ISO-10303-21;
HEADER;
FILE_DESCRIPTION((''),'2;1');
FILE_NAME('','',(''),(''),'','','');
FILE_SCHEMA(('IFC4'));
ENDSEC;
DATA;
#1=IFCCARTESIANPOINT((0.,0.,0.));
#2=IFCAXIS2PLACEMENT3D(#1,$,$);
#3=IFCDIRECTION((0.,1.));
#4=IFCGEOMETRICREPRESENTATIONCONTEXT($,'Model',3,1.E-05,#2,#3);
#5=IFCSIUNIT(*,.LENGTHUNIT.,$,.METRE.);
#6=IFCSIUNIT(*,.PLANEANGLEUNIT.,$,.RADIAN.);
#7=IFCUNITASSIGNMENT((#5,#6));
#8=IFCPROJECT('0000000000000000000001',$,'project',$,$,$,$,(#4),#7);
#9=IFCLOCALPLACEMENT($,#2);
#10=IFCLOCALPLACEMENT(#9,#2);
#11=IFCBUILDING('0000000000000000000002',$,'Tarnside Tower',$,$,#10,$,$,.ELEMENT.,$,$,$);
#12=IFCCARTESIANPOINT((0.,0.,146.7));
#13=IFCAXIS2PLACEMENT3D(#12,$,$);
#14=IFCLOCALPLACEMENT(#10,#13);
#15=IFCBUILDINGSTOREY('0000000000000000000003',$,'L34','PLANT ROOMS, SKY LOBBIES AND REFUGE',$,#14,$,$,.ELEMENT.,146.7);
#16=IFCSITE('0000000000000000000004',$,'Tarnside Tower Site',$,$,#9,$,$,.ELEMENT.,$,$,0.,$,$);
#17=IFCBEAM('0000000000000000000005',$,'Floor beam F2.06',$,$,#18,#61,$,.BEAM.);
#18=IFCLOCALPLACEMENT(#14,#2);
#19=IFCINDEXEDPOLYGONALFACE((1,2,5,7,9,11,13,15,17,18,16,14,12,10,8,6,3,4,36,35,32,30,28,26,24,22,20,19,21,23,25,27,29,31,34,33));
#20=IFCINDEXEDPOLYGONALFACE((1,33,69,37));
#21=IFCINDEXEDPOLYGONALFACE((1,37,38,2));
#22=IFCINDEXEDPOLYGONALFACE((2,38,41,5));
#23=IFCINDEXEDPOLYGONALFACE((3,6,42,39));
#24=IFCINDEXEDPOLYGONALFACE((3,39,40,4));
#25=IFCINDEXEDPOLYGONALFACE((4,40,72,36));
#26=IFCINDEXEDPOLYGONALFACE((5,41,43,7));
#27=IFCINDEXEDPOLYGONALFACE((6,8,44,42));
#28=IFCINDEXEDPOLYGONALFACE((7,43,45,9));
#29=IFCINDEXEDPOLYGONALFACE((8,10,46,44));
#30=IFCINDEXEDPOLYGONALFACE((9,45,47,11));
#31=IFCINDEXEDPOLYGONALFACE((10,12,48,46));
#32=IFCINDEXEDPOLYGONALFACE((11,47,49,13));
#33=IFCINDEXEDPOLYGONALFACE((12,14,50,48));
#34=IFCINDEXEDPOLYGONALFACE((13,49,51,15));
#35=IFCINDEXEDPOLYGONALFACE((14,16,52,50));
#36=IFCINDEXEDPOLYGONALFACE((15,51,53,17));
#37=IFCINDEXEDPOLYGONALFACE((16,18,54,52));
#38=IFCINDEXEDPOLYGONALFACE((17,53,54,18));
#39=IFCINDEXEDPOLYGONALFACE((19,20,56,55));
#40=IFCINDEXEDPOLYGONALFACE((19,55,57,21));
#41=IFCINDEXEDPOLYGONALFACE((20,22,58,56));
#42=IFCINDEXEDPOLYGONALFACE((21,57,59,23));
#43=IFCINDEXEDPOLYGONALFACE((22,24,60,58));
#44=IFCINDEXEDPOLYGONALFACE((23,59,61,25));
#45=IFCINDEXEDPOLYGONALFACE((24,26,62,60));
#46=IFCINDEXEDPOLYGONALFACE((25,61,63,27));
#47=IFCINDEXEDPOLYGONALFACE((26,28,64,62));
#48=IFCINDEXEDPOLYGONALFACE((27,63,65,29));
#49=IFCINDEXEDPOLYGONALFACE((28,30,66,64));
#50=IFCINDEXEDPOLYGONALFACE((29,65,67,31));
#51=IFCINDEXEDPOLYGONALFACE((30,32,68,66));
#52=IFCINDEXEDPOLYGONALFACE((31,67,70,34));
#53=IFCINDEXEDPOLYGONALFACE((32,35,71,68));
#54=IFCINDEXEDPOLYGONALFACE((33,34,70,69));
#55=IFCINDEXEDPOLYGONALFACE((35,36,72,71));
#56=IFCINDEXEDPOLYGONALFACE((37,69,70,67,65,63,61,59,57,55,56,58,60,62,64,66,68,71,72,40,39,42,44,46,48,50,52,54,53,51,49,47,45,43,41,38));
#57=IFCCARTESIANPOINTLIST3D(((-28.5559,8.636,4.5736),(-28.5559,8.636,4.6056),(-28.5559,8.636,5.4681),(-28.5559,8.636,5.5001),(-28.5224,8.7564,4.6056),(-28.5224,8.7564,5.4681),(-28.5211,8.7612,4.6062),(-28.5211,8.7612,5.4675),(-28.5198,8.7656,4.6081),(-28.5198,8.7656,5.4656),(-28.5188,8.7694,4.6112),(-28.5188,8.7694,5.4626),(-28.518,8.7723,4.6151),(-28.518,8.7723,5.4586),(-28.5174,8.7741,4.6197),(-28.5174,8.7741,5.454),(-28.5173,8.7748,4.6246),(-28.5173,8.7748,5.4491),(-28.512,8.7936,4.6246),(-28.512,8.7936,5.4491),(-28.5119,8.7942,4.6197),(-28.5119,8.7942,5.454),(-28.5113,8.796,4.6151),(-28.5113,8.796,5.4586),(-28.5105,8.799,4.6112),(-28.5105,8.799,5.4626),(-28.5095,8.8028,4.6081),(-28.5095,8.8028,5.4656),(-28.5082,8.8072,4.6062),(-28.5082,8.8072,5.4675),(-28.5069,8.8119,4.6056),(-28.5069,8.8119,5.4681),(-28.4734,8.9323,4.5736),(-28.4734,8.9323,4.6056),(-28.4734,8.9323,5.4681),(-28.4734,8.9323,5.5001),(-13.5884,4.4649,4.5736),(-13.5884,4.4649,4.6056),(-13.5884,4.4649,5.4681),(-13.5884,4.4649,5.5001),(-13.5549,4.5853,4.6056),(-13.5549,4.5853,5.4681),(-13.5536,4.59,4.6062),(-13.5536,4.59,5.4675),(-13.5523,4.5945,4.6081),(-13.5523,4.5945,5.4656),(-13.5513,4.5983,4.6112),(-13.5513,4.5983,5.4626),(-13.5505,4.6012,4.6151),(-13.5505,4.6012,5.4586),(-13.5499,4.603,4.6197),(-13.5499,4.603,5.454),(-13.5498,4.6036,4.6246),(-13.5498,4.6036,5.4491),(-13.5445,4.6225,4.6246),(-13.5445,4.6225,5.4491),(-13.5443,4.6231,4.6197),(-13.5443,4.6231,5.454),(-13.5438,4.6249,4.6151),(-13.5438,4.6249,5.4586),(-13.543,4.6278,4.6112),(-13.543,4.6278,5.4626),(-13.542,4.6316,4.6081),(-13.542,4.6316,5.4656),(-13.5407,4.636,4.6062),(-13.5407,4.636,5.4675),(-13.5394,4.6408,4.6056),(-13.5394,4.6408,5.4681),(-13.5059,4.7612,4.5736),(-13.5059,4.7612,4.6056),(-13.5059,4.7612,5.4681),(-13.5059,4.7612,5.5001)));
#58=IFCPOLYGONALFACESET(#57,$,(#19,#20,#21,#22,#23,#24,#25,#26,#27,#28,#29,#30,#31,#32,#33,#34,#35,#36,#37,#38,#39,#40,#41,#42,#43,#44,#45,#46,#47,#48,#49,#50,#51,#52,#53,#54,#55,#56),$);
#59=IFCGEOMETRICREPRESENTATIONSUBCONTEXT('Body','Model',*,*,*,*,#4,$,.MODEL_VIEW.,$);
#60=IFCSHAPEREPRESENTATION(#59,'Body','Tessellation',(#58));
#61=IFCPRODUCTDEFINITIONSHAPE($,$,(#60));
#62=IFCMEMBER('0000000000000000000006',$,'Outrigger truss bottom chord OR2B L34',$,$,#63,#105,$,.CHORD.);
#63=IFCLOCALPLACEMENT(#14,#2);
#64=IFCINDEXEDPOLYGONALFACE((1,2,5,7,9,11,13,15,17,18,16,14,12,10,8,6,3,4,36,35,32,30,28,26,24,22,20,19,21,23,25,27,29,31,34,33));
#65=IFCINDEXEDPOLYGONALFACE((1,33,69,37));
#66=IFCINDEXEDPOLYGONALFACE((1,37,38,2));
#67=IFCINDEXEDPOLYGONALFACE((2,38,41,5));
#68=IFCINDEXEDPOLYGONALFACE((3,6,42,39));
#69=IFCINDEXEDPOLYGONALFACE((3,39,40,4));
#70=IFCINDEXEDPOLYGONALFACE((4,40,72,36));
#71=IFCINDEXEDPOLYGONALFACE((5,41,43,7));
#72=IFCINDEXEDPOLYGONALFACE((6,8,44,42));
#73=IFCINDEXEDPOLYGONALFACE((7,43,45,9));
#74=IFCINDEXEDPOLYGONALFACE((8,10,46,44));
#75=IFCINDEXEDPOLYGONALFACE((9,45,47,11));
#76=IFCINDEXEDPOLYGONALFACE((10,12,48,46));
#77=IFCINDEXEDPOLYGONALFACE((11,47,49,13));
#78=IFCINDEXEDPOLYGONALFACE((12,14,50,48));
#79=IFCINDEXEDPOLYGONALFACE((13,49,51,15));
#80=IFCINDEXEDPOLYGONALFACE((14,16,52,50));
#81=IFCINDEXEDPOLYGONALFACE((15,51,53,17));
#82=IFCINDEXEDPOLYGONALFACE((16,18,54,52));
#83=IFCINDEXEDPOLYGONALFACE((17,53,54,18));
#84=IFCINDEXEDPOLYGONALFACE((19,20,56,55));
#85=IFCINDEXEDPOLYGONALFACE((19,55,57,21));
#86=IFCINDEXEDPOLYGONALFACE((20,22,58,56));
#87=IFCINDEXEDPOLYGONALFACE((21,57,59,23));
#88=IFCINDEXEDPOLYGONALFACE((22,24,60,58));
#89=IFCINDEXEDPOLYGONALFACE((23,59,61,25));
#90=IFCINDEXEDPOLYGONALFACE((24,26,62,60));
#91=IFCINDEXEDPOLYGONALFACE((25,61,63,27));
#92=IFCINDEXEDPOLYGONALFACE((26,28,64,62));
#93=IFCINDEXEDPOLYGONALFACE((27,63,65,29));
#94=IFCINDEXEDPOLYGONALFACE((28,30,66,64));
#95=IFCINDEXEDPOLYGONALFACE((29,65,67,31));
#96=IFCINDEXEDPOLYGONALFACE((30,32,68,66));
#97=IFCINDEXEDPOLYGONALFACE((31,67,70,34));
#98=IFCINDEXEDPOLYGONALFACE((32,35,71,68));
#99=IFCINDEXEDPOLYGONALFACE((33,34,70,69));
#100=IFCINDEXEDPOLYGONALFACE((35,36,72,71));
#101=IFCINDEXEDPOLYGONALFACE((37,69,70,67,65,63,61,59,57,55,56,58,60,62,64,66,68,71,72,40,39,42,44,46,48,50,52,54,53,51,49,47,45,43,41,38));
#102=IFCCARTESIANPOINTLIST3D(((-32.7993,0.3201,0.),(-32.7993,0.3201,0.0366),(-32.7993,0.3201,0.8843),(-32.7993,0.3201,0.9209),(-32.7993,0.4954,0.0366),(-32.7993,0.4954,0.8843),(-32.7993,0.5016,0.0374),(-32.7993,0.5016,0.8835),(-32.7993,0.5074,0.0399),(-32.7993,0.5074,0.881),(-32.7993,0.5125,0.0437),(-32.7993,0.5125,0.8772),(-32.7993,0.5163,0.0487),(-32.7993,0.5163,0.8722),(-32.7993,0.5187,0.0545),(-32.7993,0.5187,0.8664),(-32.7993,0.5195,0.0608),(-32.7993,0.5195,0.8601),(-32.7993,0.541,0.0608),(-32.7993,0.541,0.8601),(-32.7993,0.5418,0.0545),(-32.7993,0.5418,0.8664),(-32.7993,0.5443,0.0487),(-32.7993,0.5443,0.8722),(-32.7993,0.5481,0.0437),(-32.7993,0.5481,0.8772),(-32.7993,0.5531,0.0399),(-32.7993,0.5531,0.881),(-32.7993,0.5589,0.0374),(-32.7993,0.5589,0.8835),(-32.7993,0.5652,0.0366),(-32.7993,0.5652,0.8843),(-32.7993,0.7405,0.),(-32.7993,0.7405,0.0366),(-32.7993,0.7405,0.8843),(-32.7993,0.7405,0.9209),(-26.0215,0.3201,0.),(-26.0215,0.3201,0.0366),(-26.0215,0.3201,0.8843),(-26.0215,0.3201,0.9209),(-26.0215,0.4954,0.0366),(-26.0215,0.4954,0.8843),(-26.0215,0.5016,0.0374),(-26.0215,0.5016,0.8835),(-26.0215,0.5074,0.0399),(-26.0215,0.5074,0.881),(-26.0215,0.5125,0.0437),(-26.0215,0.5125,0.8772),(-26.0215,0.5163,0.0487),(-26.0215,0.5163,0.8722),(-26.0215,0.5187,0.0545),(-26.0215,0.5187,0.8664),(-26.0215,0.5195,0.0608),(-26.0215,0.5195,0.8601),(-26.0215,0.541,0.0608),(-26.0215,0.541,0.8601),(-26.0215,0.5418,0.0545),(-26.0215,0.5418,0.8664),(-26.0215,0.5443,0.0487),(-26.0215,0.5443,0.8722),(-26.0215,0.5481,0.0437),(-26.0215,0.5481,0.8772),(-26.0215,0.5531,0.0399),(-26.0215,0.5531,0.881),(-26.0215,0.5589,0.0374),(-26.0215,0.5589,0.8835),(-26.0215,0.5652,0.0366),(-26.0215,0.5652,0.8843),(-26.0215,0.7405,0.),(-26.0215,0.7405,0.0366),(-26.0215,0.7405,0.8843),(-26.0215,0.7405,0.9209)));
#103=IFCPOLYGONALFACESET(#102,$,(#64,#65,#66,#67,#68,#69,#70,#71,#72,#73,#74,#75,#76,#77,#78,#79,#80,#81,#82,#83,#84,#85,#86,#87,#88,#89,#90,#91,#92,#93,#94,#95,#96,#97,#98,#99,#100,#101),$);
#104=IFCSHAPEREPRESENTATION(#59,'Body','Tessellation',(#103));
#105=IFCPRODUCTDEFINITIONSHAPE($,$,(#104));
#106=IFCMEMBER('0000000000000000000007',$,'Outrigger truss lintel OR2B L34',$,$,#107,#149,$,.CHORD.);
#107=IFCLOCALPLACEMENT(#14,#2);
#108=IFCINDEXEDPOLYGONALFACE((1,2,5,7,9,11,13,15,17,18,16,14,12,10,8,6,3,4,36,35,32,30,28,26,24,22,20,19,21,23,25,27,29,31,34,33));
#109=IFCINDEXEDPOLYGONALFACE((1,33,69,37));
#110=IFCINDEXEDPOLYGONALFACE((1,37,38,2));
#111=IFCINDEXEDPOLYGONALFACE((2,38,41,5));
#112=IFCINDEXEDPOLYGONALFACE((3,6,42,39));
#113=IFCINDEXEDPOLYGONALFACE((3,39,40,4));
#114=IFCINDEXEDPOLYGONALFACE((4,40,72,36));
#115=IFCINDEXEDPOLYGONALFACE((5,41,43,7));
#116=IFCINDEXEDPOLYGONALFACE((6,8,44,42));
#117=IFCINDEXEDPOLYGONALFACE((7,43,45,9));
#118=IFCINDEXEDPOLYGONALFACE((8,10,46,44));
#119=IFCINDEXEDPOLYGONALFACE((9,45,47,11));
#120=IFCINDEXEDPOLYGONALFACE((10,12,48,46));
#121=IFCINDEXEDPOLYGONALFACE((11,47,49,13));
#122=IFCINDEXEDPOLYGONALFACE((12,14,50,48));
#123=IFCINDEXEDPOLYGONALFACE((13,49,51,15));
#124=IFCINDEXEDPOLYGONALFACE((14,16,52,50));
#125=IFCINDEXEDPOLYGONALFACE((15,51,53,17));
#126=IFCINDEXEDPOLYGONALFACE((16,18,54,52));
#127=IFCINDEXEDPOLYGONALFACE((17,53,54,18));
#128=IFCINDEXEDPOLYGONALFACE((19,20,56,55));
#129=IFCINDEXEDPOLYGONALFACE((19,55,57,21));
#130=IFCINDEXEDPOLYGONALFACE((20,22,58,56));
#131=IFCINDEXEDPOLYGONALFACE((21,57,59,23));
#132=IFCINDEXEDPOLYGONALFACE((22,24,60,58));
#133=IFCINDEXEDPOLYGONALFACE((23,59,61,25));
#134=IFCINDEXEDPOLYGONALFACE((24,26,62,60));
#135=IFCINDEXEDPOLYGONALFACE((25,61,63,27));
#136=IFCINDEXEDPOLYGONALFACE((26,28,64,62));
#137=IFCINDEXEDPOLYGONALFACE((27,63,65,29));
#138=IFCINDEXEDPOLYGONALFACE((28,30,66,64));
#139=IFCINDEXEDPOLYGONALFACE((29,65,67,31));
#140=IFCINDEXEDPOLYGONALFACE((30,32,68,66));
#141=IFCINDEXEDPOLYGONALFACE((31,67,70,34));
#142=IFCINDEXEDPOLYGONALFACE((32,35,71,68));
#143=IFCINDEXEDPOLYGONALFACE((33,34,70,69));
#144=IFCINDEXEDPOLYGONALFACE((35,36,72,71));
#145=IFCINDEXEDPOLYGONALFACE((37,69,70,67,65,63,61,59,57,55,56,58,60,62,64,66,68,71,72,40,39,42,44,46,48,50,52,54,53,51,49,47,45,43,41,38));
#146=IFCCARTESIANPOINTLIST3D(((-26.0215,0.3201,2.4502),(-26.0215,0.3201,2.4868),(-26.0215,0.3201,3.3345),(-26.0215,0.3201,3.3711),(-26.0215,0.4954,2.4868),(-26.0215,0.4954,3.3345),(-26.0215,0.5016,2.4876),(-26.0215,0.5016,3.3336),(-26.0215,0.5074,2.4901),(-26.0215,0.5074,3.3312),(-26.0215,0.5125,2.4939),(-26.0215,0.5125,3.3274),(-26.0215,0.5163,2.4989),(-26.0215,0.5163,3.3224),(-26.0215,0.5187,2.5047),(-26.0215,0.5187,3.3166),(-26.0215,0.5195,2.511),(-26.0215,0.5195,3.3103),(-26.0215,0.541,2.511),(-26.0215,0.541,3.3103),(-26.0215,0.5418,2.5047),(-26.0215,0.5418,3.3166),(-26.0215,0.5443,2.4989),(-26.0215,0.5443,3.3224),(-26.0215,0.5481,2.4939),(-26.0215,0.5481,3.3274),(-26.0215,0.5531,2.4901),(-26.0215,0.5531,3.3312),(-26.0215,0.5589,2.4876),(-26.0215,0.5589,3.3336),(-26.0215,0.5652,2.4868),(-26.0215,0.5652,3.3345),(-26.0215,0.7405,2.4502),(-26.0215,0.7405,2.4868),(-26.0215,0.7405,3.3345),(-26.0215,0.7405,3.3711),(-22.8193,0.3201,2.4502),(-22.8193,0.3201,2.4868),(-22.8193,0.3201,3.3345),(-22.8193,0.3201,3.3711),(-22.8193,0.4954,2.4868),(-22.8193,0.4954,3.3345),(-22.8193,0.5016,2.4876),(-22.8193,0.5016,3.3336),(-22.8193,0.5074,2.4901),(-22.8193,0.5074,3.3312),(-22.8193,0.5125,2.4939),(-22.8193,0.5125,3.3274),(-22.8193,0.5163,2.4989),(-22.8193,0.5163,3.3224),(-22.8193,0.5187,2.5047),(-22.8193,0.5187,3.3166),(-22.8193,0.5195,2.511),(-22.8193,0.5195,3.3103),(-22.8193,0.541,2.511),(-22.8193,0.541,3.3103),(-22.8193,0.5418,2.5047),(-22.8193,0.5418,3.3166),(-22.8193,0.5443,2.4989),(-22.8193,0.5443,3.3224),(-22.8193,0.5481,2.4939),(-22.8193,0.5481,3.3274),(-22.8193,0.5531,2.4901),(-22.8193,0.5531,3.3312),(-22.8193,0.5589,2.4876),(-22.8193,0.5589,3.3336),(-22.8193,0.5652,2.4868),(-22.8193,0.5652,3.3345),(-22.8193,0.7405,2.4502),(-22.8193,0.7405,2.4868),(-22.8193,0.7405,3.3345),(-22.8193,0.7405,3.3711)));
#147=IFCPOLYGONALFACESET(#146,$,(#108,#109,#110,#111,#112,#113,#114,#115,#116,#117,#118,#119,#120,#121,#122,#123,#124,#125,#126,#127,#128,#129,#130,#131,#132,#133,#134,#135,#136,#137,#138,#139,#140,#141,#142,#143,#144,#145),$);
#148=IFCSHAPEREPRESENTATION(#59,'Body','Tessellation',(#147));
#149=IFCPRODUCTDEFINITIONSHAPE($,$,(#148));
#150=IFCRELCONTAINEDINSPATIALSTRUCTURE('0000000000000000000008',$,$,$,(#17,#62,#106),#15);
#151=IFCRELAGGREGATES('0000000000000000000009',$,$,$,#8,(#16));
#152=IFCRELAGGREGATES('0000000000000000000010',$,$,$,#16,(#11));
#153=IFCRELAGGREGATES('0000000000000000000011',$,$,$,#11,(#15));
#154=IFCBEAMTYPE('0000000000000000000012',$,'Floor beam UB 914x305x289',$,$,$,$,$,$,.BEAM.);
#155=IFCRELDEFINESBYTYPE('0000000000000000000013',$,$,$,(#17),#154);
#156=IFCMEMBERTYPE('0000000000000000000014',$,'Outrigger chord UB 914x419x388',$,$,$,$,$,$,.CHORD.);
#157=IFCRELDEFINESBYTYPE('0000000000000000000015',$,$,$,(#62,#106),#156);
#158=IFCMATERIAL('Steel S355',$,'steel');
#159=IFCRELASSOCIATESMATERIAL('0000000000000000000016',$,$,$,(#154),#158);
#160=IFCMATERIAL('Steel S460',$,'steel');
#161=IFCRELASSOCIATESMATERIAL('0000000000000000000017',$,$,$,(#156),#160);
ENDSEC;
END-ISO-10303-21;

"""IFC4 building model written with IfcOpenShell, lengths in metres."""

from ifc_helpers import new_model, si_unit, direction, frame, origin, origin_2d, place, context, subcontext, project, spatial, i_section, extrude, material, material_profile, profile_set, type_object, element, save


model = new_model("IFC4")

# Units and contexts
model_context = context("Model", 3, precision=1e-05, world=origin(), true_north=direction((0.0, 1.0)))
body_context = subcontext(model_context, "Body", "Model", "MODEL_VIEW")
ifc_project = project(units=[si_unit("LENGTHUNIT", "METRE"), si_unit("PLANEANGLEUNIT", "RADIAN")], contexts=[model_context])

# Site, building, storey
site_placement = place(None, origin())
site = spatial("IfcSite", under=ifc_project, at=site_placement, Name="Tarnside Tower Site", CompositionType="ELEMENT", RefElevation=0.0)
building_placement = place(site_placement, origin())
building = spatial("IfcBuilding", under=site, at=building_placement, Name="Tarnside Tower", CompositionType="ELEMENT")
storey_placement = place(building_placement, frame((0.0, 0.0, 146.7)))
storey = spatial("IfcBuildingStorey", under=building, at=storey_placement, Name="L34", Description="PLANT ROOMS, SKY LOBBIES AND REFUGE", CompositionType="ELEMENT", Elevation=146.7)

# Beam
ifc_material_1 = material(Name="Steel S355", Category="steel")
ifc_material_profile_1 = material_profile(ifc_material_1, i_section(OverallWidth=0.3076, OverallDepth=0.9265, WebThickness=0.0195, FlangeThickness=0.032, FilletRadius=0.019, at=origin_2d()), Name="UB 914x305x289")
ifc_profile_set_1 = profile_set([ifc_material_profile_1], Name="Steel S355")
beam_type = type_object("IfcBeamType", Name="Floor beam UB 914x305x289", PredefinedType="BEAM", material=ifc_profile_set_1)
beam_placement = place(storey_placement, frame((-28.5146, 8.7842, 5.0369), z_axis=(0.963294, -0.26845, 0.0), x_axis=(0.26845, 0.963294, 0.0)))
element("IfcBeam", 1, at=beam_placement, inside=storey, type_object=beam_type, Name="Floor beam F2.06", PredefinedType="BEAM", context=body_context, shape_type="SweptSolid", body=[
    extrude(i_section(OverallWidth=0.3076, OverallDepth=0.9265, WebThickness=0.0195, FlangeThickness=0.032, FilletRadius=0.019, at=origin_2d()), origin(), (0.0, 0.0, 1.0), 15.5378),
])

# Members
ifc_material_2 = material(Name="Steel S460", Category="steel")
ifc_material_profile_2 = material_profile(ifc_material_2, i_section(OverallWidth=0.4204, OverallDepth=0.9209, WebThickness=0.0215, FlangeThickness=0.0366, FilletRadius=0.0242, at=origin_2d()), Name="UB 914x419x388")
ifc_profile_set_2 = profile_set([ifc_material_profile_2], Name="Steel S460")
member_type_1 = type_object("IfcMemberType", Name="Outrigger chord UB 914x419x388", PredefinedType="CHORD", material=ifc_profile_set_2)
member_1_placement = place(storey_placement, frame((-26.0215, 0.5303, 0.4604), z_axis=(-1.0, 0.0, 0.0), x_axis=(0.0, -1.0, 0.0)))
element("IfcMember", 2, at=member_1_placement, inside=storey, type_object=member_type_1, Name="Outrigger truss bottom chord OR2B L34", PredefinedType="CHORD", context=body_context, shape_type="SweptSolid", body=[
    extrude(i_section(OverallWidth=0.4204, OverallDepth=0.9209, WebThickness=0.0215, FlangeThickness=0.0366, FilletRadius=0.0242, at=origin_2d()), origin(), (0.0, 0.0, 1.0), 6.7778),
])
member_2_placement = place(storey_placement, frame((-22.8193, 0.5303, 2.9106), z_axis=(-1.0, 0.0, 0.0), x_axis=(0.0, -1.0, 0.0)))
element("IfcMember", 3, at=member_2_placement, inside=storey, type_object=member_type_1, Name="Outrigger truss lintel OR2B L34", PredefinedType="CHORD", context=body_context, shape_type="SweptSolid", body=[
    extrude(i_section(OverallWidth=0.4204, OverallDepth=0.9209, WebThickness=0.0215, FlangeThickness=0.0366, FilletRadius=0.0242, at=origin_2d()), origin(), (0.0, 0.0, 1.0), 3.2021),
])

save(model, "model.ifc")
